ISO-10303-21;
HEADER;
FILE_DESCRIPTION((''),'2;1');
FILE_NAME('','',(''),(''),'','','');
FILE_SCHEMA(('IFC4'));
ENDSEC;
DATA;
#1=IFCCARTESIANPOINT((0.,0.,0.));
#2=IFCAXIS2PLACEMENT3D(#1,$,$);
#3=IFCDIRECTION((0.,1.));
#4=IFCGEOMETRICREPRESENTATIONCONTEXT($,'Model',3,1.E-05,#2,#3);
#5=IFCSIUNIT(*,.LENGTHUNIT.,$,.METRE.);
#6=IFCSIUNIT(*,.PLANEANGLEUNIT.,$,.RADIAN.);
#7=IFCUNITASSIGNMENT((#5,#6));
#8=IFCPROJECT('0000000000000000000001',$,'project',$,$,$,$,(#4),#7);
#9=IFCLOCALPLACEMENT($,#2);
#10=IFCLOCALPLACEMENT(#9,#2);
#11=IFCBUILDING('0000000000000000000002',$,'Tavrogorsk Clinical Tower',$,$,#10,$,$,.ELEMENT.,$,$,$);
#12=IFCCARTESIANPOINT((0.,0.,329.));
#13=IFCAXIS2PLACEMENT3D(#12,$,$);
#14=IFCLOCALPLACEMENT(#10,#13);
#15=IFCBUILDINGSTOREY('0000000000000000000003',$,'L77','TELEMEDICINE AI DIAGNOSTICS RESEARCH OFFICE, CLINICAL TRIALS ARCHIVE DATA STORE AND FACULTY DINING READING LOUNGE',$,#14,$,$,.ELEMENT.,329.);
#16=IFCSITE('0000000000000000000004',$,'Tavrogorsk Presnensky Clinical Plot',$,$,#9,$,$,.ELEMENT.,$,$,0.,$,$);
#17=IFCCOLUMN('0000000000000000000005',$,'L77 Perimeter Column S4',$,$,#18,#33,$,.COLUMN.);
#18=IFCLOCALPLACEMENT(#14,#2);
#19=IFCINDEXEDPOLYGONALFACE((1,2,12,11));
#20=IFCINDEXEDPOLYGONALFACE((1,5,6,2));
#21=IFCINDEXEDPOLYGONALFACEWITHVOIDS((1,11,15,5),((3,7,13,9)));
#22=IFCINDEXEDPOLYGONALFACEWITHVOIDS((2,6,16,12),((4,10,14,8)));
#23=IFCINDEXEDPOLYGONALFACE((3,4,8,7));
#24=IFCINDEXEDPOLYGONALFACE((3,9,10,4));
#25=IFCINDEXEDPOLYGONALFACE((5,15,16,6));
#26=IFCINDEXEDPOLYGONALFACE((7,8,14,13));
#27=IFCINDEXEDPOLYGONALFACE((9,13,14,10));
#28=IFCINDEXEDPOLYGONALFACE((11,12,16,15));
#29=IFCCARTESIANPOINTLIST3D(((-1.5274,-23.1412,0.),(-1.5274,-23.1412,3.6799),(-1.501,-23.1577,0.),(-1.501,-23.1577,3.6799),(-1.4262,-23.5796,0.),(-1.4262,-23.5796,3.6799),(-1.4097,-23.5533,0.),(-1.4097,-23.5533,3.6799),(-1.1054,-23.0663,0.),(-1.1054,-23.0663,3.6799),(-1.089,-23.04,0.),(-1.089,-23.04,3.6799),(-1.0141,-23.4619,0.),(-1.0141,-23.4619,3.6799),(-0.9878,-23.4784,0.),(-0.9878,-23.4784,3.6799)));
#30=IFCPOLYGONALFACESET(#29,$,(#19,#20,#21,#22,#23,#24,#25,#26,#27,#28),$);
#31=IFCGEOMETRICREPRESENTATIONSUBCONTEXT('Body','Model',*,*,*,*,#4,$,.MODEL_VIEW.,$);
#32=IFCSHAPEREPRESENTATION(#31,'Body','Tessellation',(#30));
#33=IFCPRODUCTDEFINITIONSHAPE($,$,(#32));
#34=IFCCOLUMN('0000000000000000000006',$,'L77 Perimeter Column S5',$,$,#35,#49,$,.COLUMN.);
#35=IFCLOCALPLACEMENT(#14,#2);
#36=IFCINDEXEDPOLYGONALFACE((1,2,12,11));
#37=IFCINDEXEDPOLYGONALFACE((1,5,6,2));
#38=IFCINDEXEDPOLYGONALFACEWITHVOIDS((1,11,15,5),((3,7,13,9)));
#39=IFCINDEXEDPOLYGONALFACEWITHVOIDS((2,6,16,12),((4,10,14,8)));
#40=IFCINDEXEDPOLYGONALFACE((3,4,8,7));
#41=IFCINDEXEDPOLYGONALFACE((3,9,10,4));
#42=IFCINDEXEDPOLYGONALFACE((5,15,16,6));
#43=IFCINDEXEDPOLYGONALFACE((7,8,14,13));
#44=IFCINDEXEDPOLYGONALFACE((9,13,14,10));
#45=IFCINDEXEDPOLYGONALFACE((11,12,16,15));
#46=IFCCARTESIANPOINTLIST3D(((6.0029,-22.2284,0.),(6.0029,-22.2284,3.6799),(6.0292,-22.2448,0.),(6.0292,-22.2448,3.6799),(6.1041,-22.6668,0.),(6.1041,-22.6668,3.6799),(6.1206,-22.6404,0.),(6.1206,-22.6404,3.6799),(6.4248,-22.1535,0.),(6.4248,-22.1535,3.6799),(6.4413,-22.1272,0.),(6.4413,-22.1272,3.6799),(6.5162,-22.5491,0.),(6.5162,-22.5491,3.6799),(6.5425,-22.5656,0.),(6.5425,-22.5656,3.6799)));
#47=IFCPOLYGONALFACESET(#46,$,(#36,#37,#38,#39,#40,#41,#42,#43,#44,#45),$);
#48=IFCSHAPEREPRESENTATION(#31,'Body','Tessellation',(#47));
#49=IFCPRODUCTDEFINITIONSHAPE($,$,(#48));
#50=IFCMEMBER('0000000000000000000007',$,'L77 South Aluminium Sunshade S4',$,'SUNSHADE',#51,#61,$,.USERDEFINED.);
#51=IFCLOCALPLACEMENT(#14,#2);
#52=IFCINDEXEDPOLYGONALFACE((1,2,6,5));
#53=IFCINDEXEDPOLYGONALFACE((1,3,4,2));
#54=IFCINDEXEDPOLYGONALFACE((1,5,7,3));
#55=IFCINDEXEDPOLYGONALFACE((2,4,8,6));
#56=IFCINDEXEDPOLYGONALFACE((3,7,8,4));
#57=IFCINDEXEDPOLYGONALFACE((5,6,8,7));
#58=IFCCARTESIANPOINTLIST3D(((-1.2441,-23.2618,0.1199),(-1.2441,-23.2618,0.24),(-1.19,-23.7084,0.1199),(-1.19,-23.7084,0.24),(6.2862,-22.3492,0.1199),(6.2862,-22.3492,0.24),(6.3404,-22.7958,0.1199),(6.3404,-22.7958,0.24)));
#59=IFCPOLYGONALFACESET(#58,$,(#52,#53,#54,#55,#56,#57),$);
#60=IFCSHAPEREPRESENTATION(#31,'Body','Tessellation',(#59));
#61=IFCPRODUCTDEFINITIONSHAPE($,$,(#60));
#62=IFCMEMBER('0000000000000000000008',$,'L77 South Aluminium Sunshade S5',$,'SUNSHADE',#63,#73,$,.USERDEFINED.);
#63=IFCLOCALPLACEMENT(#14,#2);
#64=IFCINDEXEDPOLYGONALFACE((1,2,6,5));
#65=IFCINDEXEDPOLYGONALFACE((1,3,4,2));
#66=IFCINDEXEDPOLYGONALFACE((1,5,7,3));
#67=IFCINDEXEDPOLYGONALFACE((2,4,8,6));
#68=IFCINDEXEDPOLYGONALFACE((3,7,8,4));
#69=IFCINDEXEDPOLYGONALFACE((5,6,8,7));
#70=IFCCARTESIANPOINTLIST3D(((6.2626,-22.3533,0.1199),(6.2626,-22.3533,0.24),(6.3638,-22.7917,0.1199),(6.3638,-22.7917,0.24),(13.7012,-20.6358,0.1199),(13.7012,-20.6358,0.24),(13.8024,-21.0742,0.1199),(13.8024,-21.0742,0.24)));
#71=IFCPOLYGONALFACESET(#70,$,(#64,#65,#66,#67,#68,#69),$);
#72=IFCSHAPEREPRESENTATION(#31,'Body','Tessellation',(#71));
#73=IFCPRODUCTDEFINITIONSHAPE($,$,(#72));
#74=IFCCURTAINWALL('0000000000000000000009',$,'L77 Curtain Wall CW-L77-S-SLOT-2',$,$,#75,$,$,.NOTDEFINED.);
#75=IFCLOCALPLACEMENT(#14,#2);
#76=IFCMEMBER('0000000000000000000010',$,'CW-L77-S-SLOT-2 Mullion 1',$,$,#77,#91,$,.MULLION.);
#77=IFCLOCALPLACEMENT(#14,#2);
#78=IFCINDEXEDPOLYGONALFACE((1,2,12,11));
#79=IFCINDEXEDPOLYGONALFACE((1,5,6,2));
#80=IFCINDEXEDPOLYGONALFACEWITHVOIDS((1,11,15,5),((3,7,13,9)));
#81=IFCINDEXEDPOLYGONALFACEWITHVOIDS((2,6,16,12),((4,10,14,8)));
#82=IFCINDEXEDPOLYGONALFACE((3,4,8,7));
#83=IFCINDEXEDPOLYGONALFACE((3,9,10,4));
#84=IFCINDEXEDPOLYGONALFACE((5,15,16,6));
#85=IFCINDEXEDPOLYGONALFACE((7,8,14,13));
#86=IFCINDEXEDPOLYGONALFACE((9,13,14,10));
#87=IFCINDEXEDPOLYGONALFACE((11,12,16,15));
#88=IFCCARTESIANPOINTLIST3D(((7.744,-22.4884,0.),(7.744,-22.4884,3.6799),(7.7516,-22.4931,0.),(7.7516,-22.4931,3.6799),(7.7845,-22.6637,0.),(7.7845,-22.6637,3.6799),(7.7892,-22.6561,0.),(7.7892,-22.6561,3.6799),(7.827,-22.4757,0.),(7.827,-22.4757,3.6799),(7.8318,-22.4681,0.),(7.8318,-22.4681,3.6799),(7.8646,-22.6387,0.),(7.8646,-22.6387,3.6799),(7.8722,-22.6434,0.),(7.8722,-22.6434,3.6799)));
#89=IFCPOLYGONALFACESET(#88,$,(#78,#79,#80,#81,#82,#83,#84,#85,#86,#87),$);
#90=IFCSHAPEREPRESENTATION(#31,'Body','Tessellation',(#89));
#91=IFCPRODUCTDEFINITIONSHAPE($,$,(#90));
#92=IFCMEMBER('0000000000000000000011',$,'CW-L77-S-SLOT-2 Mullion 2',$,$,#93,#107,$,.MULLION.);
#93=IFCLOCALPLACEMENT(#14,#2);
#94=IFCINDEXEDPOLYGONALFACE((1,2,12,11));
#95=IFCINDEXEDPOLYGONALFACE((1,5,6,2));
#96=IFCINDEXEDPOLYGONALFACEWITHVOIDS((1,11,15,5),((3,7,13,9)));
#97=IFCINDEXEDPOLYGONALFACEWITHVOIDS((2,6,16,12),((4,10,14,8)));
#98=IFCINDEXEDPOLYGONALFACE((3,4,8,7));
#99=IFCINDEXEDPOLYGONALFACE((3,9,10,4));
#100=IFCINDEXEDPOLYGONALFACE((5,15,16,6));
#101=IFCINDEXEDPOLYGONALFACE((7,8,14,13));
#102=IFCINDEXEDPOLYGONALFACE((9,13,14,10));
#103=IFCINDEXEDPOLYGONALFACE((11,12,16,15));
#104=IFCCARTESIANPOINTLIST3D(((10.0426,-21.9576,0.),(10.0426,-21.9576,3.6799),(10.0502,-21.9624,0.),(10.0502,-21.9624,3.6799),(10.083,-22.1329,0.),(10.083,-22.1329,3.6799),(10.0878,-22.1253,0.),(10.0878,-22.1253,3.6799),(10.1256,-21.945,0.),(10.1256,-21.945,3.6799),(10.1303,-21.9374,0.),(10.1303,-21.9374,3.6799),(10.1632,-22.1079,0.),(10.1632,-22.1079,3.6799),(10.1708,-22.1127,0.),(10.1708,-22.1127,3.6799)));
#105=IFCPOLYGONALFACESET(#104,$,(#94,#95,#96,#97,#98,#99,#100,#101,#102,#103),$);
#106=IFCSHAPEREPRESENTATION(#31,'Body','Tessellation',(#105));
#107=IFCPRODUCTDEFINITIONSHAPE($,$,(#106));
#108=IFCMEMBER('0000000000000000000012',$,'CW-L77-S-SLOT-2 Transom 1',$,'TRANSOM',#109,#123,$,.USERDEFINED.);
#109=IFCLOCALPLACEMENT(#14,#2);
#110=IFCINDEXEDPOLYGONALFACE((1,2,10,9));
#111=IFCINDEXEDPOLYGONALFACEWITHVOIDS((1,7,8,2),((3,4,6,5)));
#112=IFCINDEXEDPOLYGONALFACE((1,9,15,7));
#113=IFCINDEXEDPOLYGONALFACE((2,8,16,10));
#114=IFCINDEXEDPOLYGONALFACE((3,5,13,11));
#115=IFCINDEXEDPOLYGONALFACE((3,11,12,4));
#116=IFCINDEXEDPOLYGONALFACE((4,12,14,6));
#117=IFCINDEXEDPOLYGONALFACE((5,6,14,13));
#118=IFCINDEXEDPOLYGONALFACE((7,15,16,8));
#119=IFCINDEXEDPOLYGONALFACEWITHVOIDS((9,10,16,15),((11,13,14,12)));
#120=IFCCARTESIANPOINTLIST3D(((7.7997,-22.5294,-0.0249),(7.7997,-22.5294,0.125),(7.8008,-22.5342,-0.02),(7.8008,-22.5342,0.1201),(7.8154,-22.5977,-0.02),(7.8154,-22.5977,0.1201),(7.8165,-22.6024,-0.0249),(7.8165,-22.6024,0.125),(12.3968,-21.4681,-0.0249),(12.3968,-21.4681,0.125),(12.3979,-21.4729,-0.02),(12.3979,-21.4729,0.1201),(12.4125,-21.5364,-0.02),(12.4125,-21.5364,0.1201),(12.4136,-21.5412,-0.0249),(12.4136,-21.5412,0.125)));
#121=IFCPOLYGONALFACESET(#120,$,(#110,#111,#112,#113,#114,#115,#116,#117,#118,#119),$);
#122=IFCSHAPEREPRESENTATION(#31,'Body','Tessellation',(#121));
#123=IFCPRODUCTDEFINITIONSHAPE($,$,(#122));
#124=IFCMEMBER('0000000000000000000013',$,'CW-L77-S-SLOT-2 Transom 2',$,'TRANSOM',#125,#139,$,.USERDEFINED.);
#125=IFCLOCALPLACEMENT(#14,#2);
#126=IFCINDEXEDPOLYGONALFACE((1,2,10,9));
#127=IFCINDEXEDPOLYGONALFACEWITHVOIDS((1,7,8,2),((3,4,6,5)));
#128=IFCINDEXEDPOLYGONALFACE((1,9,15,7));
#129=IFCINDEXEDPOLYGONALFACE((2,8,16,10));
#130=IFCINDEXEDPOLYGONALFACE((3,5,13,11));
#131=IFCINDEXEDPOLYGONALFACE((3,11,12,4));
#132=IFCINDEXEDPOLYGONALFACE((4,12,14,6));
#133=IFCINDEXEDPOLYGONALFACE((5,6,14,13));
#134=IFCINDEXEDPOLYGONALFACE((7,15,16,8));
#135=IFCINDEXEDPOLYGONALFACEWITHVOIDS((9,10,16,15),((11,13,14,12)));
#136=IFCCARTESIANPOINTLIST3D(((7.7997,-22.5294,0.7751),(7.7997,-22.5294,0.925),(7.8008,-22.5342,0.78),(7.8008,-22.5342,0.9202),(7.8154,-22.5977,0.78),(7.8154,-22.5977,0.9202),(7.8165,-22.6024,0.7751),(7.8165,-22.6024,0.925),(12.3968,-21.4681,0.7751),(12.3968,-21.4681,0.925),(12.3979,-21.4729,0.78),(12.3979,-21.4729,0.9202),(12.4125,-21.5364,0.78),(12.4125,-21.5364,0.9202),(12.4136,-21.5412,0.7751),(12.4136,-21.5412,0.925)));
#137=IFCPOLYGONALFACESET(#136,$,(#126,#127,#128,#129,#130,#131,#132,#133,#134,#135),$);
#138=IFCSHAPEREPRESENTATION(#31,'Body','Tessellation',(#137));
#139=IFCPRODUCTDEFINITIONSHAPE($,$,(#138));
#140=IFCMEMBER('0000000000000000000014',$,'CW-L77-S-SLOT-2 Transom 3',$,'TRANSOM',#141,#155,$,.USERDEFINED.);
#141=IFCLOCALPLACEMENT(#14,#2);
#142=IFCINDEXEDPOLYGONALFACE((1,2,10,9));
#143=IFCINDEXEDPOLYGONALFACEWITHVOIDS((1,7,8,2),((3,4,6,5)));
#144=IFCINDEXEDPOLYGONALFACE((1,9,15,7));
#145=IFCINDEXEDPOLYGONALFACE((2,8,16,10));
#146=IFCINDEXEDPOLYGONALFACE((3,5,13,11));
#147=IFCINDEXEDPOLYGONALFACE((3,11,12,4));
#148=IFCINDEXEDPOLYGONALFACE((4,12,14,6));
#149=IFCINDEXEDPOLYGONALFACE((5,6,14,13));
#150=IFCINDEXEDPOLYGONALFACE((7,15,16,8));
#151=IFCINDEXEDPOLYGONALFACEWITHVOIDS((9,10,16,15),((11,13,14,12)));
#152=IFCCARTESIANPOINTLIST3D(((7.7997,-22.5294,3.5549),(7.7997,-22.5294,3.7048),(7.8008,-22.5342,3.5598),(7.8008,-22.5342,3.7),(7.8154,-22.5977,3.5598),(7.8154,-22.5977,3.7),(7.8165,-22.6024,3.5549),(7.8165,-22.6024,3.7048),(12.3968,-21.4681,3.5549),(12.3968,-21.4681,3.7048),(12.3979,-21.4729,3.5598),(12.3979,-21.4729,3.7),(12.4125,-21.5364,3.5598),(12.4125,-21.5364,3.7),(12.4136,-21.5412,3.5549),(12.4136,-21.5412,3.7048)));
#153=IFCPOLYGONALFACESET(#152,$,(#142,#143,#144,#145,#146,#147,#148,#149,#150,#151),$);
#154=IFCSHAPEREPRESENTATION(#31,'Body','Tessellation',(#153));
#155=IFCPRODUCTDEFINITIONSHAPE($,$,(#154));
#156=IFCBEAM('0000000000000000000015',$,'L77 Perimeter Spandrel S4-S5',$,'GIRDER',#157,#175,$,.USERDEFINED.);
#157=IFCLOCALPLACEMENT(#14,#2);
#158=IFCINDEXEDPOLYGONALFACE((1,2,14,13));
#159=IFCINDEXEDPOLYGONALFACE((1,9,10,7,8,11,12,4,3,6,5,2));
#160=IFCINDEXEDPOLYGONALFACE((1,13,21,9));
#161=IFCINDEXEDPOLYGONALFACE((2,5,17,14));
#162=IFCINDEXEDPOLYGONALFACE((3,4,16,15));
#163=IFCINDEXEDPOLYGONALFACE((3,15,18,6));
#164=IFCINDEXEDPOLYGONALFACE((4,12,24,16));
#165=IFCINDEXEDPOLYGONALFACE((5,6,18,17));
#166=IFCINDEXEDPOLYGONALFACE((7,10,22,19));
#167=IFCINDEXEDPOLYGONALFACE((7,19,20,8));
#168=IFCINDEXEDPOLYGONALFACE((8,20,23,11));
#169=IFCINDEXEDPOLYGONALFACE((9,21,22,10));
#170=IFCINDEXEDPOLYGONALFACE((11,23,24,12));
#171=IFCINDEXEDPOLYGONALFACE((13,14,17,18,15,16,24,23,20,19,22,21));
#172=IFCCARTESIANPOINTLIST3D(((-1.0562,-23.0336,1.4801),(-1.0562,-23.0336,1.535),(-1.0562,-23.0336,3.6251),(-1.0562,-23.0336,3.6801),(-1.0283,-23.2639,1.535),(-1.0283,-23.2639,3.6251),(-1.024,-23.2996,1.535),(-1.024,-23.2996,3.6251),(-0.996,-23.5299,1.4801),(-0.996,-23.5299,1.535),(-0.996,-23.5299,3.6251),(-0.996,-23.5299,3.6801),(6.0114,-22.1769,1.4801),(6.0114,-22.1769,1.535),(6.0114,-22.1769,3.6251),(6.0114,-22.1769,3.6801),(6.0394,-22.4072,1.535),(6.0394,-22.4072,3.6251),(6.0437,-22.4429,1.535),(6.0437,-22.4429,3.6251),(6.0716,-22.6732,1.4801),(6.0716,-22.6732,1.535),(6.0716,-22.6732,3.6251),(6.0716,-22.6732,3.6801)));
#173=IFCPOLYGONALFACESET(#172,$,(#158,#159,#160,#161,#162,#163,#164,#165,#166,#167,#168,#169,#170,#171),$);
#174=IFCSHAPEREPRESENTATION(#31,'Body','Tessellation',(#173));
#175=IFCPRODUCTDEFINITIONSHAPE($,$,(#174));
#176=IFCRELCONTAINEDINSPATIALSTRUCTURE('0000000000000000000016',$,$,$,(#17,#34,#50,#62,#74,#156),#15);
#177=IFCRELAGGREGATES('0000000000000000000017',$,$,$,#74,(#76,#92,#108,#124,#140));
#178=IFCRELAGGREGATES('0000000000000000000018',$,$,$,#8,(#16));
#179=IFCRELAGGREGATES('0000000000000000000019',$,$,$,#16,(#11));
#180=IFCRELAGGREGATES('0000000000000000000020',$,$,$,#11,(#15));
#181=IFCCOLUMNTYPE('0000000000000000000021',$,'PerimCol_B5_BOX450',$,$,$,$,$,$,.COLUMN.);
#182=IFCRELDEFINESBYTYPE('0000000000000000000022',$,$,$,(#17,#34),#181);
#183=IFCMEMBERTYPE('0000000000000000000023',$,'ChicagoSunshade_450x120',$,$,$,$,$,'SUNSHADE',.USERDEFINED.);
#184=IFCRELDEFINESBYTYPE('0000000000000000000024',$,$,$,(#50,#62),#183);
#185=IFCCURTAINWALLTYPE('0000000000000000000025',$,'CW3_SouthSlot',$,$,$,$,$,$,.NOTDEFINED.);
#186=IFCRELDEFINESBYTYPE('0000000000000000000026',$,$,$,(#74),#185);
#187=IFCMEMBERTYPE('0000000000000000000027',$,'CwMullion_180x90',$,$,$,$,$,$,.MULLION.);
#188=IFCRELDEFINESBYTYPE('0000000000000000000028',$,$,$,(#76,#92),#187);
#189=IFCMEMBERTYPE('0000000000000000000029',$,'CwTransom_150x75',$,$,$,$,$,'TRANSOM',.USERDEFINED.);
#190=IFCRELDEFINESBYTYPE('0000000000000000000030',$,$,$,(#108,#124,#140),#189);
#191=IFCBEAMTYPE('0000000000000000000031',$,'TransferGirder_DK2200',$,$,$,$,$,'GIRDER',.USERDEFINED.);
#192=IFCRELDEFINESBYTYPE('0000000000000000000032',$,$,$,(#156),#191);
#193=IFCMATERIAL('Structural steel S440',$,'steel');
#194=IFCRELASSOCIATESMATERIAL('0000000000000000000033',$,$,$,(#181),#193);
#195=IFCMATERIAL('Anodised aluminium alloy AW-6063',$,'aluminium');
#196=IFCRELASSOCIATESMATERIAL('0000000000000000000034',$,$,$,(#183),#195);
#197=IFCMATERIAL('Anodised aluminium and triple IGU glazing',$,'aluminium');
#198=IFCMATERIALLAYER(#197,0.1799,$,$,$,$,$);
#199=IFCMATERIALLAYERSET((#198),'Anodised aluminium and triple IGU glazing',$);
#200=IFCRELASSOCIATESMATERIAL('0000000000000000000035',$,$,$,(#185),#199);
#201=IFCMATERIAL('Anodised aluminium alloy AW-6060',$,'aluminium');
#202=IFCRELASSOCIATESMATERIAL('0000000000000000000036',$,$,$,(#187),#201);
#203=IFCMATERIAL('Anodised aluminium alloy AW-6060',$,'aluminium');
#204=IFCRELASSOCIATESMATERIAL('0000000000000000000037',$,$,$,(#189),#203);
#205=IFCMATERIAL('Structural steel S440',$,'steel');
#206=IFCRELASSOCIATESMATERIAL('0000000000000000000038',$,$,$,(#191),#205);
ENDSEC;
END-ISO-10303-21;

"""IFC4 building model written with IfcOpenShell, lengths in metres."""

from ifc_helpers import new_model, si_unit, direction, frame, origin, origin_2d, place, context, subcontext, project, spatial, rectangle, hollow_rectangle, i_section, extrude, material, layer, layer_set, material_profile, profile_set, type_object, element, aggregate, save


model = new_model("IFC4")

# Units and contexts
model_context = context("Model", 3, precision=1e-05, world=origin(), true_north=direction((0.0, 1.0)))
body_context = subcontext(model_context, "Body", "Model", "MODEL_VIEW")
ifc_project = project(units=[si_unit("LENGTHUNIT", "METRE"), si_unit("PLANEANGLEUNIT", "RADIAN")], contexts=[model_context])

# Site, building, storey
site_placement = place(None, origin())
site = spatial("IfcSite", under=ifc_project, at=site_placement, Name="Tavrogorsk Presnensky Clinical Plot", CompositionType="ELEMENT", RefElevation=0.0)
building_placement = place(site_placement, origin())
building = spatial("IfcBuilding", under=site, at=building_placement, Name="Tavrogorsk Clinical Tower", CompositionType="ELEMENT")
storey_placement = place(building_placement, frame((0.0, 0.0, 329.0)))
storey = spatial("IfcBuildingStorey", under=building, at=storey_placement, Name="L77", Description="TELEMEDICINE AI DIAGNOSTICS RESEARCH OFFICE, CLINICAL TRIALS ARCHIVE DATA STORE AND FACULTY DINING READING LOUNGE", CompositionType="ELEMENT", Elevation=329.0)

# Columns
ifc_material_1 = material(Name="Structural steel S440", Category="steel")
ifc_material_profile_1 = material_profile(ifc_material_1, hollow_rectangle(XDim=0.45, YDim=0.45, WallThickness=0.022, at=origin_2d()), Name="BOX-450x450x22")
ifc_profile_set_1 = profile_set([ifc_material_profile_1], Name="Structural steel S440")
column_type = type_object("IfcColumnType", Name="PerimCol_B5_BOX450", PredefinedType="COLUMN", material=ifc_profile_set_1)
for number, where, z_axis, x_axis, name in (
    (1, (-1.2576, -23.3098, 0.0), (0.0, 0.0, 1.0), (0.97437, 0.224951, 0.0), "L77 Perimeter Column S4"),
    (2, (6.2727, -22.397, 0.0), (0.0, 0.0, 1.0), (0.97437, 0.224951, 0.0), "L77 Perimeter Column S5"),
):
    element("IfcColumn", number, at=place(storey_placement, frame(where, z_axis=z_axis, x_axis=x_axis)), inside=storey, type_object=column_type, Name=name, PredefinedType="COLUMN", context=body_context, shape_type="SweptSolid", body=[
        extrude(hollow_rectangle(XDim=0.45, YDim=0.45, WallThickness=0.022, at=origin_2d()), origin(), (0.0, 0.0, 1.0), 3.6799),
    ])

# Members
ifc_material_2 = material(Name="Anodised aluminium alloy AW-6063", Category="aluminium")
ifc_material_profile_2 = material_profile(ifc_material_2, rectangle(XDim=0.45, YDim=0.1201, at=origin_2d()), Name="ALU-SUNSHADE-450x120")
ifc_profile_set_2 = profile_set([ifc_material_profile_2], Name="Anodised aluminium alloy AW-6063")
member_type_1 = type_object("IfcMemberType", Name="ChicagoSunshade_450x120", ElementType="SUNSHADE", PredefinedType="USERDEFINED", material=ifc_profile_set_2)
member_1_placement = place(storey_placement, frame((-1.217, -23.4851, 0.1799), z_axis=(0.992736, 0.12031, 0.0), x_axis=(-0.12031, 0.992736, 0.0)))
element("IfcMember", 3, at=member_1_placement, inside=storey, type_object=member_type_1, Name="L77 South Aluminium Sunshade S4", ObjectType="SUNSHADE", PredefinedType="USERDEFINED", context=body_context, shape_type="SweptSolid", body=[
    extrude(rectangle(XDim=0.45, YDim=0.1201, at=origin_2d()), origin(), (0.0, 0.0, 1.0), 7.5854),
])
member_2_placement = place(storey_placement, frame((6.3132, -22.5725, 0.1799), z_axis=(0.974364, 0.224979, 0.0), x_axis=(-0.224979, 0.974364, 0.0)))
element("IfcMember", 4, at=member_2_placement, inside=storey, type_object=member_type_1, Name="L77 South Aluminium Sunshade S5", ObjectType="SUNSHADE", PredefinedType="USERDEFINED", context=body_context, shape_type="SweptSolid", body=[
    extrude(rectangle(XDim=0.45, YDim=0.1201, at=origin_2d()), origin(), (0.0, 0.0, 1.0), 7.6343),
])

# Curtain wall, members
ifc_material_3 = material(Name="Anodised aluminium and triple IGU glazing", Category="aluminium")
ifc_layer_1 = layer(ifc_material_3, 0.1799)
ifc_layer_set_1 = layer_set([ifc_layer_1], Name="Anodised aluminium and triple IGU glazing")
curtain_wall_type = type_object("IfcCurtainWallType", Name="CW3_SouthSlot", PredefinedType="NOTDEFINED", material=ifc_layer_set_1)
curtain_wall_placement = place(storey_placement, origin())
curtain_wall = element("IfcCurtainWall", 5, at=curtain_wall_placement, inside=storey, type_object=curtain_wall_type, Name="L77 Curtain Wall CW-L77-S-SLOT-2", PredefinedType="NOTDEFINED")
ifc_material_4 = material(Name="Anodised aluminium alloy AW-6060", Category="aluminium")
ifc_material_profile_3 = material_profile(ifc_material_4, hollow_rectangle(XDim=0.0901, YDim=0.1799, WallThickness=0.0063, at=origin_2d()), Name="RHS-180x90x6.3")
ifc_profile_set_3 = profile_set([ifc_material_profile_3], Name="Anodised aluminium alloy AW-6060")
member_type_2 = type_object("IfcMemberType", Name="CwMullion_180x90", PredefinedType="MULLION", material=ifc_profile_set_3)
member_3_placement = place(storey_placement, frame((7.8081, -22.5659, 0.0), z_axis=(0.0, 0.0, 1.0), x_axis=(0.97437, 0.224951, 0.0)))
member_3 = element("IfcMember", 6, at=member_3_placement, type_object=member_type_2, Name="CW-L77-S-SLOT-2 Mullion 1", PredefinedType="MULLION", context=body_context, shape_type="SweptSolid", body=[
    extrude(hollow_rectangle(XDim=0.0901, YDim=0.1799, WallThickness=0.0063, at=origin_2d()), origin(), (0.0, 0.0, 1.0), 3.6799),
])
member_4_placement = place(storey_placement, frame((10.1067, -22.0352, 0.0), z_axis=(0.0, 0.0, 1.0), x_axis=(0.97437, 0.224951, 0.0)))
member_4 = element("IfcMember", 7, at=member_4_placement, type_object=member_type_2, Name="CW-L77-S-SLOT-2 Mullion 2", PredefinedType="MULLION", context=body_context, shape_type="SweptSolid", body=[
    extrude(hollow_rectangle(XDim=0.0901, YDim=0.1799, WallThickness=0.0063, at=origin_2d()), origin(), (0.0, 0.0, 1.0), 3.6799),
])
ifc_material_5 = material(Name="Anodised aluminium alloy AW-6060", Category="aluminium")
ifc_material_profile_4 = material_profile(ifc_material_5, hollow_rectangle(XDim=0.075, YDim=0.1499, WallThickness=0.0049, at=origin_2d()), Name="RHS-150x75x5")
ifc_profile_set_4 = profile_set([ifc_material_profile_4], Name="Anodised aluminium alloy AW-6060")
member_type_3 = type_object("IfcMemberType", Name="CwTransom_150x75", ElementType="TRANSOM", PredefinedType="USERDEFINED", material=ifc_profile_set_4)
member_5_placement = place(storey_placement, frame((7.8081, -22.5659, 0.05), z_axis=(0.974373, 0.224939, 0.0), x_axis=(-0.224939, 0.974373, 0.0)))
member_5 = element("IfcMember", 8, at=member_5_placement, type_object=member_type_3, Name="CW-L77-S-SLOT-2 Transom 1", ObjectType="TRANSOM", PredefinedType="USERDEFINED", context=body_context, shape_type="SweptSolid", body=[
    extrude(hollow_rectangle(XDim=0.075, YDim=0.1499, WallThickness=0.0049, at=origin_2d()), origin(), (0.0, 0.0, 1.0), 4.718),
])
member_6_placement = place(storey_placement, frame((7.8081, -22.5659, 0.8501), z_axis=(0.974373, 0.224939, 0.0), x_axis=(-0.224939, 0.974373, 0.0)))
member_6 = element("IfcMember", 9, at=member_6_placement, type_object=member_type_3, Name="CW-L77-S-SLOT-2 Transom 2", ObjectType="TRANSOM", PredefinedType="USERDEFINED", context=body_context, shape_type="SweptSolid", body=[
    extrude(hollow_rectangle(XDim=0.075, YDim=0.1499, WallThickness=0.0049, at=origin_2d()), origin(), (0.0, 0.0, 1.0), 4.718),
])
member_7_placement = place(storey_placement, frame((7.8081, -22.5659, 3.6299), z_axis=(0.974373, 0.224939, 0.0), x_axis=(-0.224939, 0.974373, 0.0)))
member_7 = element("IfcMember", 10, at=member_7_placement, type_object=member_type_3, Name="CW-L77-S-SLOT-2 Transom 3", ObjectType="TRANSOM", PredefinedType="USERDEFINED", context=body_context, shape_type="SweptSolid", body=[
    extrude(hollow_rectangle(XDim=0.075, YDim=0.1499, WallThickness=0.0049, at=origin_2d()), origin(), (0.0, 0.0, 1.0), 4.718),
])

# Beam
ifc_material_6 = material(Name="Structural steel S440", Category="steel")
ifc_material_profile_5 = material_profile(ifc_material_6, i_section(OverallWidth=0.5, OverallDepth=2.2, WebThickness=0.0359, FlangeThickness=0.0549, at=origin_2d()), Name="DK-2200x500x36x55")
ifc_profile_set_5 = profile_set([ifc_material_profile_5], Name="Structural steel S440")
beam_type = type_object("IfcBeamType", Name="TransferGirder_DK2200", ElementType="GIRDER", PredefinedType="USERDEFINED", material=ifc_profile_set_5)
beam_1_placement = place(storey_placement, frame((-1.0261, -23.2817, 2.5801), z_axis=(0.992734, 0.120332, 0.0), x_axis=(-0.120332, 0.992734, 0.0)))
element("IfcBeam", 11, at=beam_1_placement, inside=storey, type_object=beam_type, Name="L77 Perimeter Spandrel S4-S5", ObjectType="GIRDER", PredefinedType="USERDEFINED", context=body_context, shape_type="SweptSolid", body=[
    extrude(i_section(OverallWidth=0.5, OverallDepth=2.2, WebThickness=0.0359, FlangeThickness=0.0549, at=origin_2d()), origin(), (0.0, 0.0, 1.0), 7.1194),
])

aggregate(curtain_wall, [member_3, member_4, member_5, member_6, member_7])

save(model, "model.ifc")
